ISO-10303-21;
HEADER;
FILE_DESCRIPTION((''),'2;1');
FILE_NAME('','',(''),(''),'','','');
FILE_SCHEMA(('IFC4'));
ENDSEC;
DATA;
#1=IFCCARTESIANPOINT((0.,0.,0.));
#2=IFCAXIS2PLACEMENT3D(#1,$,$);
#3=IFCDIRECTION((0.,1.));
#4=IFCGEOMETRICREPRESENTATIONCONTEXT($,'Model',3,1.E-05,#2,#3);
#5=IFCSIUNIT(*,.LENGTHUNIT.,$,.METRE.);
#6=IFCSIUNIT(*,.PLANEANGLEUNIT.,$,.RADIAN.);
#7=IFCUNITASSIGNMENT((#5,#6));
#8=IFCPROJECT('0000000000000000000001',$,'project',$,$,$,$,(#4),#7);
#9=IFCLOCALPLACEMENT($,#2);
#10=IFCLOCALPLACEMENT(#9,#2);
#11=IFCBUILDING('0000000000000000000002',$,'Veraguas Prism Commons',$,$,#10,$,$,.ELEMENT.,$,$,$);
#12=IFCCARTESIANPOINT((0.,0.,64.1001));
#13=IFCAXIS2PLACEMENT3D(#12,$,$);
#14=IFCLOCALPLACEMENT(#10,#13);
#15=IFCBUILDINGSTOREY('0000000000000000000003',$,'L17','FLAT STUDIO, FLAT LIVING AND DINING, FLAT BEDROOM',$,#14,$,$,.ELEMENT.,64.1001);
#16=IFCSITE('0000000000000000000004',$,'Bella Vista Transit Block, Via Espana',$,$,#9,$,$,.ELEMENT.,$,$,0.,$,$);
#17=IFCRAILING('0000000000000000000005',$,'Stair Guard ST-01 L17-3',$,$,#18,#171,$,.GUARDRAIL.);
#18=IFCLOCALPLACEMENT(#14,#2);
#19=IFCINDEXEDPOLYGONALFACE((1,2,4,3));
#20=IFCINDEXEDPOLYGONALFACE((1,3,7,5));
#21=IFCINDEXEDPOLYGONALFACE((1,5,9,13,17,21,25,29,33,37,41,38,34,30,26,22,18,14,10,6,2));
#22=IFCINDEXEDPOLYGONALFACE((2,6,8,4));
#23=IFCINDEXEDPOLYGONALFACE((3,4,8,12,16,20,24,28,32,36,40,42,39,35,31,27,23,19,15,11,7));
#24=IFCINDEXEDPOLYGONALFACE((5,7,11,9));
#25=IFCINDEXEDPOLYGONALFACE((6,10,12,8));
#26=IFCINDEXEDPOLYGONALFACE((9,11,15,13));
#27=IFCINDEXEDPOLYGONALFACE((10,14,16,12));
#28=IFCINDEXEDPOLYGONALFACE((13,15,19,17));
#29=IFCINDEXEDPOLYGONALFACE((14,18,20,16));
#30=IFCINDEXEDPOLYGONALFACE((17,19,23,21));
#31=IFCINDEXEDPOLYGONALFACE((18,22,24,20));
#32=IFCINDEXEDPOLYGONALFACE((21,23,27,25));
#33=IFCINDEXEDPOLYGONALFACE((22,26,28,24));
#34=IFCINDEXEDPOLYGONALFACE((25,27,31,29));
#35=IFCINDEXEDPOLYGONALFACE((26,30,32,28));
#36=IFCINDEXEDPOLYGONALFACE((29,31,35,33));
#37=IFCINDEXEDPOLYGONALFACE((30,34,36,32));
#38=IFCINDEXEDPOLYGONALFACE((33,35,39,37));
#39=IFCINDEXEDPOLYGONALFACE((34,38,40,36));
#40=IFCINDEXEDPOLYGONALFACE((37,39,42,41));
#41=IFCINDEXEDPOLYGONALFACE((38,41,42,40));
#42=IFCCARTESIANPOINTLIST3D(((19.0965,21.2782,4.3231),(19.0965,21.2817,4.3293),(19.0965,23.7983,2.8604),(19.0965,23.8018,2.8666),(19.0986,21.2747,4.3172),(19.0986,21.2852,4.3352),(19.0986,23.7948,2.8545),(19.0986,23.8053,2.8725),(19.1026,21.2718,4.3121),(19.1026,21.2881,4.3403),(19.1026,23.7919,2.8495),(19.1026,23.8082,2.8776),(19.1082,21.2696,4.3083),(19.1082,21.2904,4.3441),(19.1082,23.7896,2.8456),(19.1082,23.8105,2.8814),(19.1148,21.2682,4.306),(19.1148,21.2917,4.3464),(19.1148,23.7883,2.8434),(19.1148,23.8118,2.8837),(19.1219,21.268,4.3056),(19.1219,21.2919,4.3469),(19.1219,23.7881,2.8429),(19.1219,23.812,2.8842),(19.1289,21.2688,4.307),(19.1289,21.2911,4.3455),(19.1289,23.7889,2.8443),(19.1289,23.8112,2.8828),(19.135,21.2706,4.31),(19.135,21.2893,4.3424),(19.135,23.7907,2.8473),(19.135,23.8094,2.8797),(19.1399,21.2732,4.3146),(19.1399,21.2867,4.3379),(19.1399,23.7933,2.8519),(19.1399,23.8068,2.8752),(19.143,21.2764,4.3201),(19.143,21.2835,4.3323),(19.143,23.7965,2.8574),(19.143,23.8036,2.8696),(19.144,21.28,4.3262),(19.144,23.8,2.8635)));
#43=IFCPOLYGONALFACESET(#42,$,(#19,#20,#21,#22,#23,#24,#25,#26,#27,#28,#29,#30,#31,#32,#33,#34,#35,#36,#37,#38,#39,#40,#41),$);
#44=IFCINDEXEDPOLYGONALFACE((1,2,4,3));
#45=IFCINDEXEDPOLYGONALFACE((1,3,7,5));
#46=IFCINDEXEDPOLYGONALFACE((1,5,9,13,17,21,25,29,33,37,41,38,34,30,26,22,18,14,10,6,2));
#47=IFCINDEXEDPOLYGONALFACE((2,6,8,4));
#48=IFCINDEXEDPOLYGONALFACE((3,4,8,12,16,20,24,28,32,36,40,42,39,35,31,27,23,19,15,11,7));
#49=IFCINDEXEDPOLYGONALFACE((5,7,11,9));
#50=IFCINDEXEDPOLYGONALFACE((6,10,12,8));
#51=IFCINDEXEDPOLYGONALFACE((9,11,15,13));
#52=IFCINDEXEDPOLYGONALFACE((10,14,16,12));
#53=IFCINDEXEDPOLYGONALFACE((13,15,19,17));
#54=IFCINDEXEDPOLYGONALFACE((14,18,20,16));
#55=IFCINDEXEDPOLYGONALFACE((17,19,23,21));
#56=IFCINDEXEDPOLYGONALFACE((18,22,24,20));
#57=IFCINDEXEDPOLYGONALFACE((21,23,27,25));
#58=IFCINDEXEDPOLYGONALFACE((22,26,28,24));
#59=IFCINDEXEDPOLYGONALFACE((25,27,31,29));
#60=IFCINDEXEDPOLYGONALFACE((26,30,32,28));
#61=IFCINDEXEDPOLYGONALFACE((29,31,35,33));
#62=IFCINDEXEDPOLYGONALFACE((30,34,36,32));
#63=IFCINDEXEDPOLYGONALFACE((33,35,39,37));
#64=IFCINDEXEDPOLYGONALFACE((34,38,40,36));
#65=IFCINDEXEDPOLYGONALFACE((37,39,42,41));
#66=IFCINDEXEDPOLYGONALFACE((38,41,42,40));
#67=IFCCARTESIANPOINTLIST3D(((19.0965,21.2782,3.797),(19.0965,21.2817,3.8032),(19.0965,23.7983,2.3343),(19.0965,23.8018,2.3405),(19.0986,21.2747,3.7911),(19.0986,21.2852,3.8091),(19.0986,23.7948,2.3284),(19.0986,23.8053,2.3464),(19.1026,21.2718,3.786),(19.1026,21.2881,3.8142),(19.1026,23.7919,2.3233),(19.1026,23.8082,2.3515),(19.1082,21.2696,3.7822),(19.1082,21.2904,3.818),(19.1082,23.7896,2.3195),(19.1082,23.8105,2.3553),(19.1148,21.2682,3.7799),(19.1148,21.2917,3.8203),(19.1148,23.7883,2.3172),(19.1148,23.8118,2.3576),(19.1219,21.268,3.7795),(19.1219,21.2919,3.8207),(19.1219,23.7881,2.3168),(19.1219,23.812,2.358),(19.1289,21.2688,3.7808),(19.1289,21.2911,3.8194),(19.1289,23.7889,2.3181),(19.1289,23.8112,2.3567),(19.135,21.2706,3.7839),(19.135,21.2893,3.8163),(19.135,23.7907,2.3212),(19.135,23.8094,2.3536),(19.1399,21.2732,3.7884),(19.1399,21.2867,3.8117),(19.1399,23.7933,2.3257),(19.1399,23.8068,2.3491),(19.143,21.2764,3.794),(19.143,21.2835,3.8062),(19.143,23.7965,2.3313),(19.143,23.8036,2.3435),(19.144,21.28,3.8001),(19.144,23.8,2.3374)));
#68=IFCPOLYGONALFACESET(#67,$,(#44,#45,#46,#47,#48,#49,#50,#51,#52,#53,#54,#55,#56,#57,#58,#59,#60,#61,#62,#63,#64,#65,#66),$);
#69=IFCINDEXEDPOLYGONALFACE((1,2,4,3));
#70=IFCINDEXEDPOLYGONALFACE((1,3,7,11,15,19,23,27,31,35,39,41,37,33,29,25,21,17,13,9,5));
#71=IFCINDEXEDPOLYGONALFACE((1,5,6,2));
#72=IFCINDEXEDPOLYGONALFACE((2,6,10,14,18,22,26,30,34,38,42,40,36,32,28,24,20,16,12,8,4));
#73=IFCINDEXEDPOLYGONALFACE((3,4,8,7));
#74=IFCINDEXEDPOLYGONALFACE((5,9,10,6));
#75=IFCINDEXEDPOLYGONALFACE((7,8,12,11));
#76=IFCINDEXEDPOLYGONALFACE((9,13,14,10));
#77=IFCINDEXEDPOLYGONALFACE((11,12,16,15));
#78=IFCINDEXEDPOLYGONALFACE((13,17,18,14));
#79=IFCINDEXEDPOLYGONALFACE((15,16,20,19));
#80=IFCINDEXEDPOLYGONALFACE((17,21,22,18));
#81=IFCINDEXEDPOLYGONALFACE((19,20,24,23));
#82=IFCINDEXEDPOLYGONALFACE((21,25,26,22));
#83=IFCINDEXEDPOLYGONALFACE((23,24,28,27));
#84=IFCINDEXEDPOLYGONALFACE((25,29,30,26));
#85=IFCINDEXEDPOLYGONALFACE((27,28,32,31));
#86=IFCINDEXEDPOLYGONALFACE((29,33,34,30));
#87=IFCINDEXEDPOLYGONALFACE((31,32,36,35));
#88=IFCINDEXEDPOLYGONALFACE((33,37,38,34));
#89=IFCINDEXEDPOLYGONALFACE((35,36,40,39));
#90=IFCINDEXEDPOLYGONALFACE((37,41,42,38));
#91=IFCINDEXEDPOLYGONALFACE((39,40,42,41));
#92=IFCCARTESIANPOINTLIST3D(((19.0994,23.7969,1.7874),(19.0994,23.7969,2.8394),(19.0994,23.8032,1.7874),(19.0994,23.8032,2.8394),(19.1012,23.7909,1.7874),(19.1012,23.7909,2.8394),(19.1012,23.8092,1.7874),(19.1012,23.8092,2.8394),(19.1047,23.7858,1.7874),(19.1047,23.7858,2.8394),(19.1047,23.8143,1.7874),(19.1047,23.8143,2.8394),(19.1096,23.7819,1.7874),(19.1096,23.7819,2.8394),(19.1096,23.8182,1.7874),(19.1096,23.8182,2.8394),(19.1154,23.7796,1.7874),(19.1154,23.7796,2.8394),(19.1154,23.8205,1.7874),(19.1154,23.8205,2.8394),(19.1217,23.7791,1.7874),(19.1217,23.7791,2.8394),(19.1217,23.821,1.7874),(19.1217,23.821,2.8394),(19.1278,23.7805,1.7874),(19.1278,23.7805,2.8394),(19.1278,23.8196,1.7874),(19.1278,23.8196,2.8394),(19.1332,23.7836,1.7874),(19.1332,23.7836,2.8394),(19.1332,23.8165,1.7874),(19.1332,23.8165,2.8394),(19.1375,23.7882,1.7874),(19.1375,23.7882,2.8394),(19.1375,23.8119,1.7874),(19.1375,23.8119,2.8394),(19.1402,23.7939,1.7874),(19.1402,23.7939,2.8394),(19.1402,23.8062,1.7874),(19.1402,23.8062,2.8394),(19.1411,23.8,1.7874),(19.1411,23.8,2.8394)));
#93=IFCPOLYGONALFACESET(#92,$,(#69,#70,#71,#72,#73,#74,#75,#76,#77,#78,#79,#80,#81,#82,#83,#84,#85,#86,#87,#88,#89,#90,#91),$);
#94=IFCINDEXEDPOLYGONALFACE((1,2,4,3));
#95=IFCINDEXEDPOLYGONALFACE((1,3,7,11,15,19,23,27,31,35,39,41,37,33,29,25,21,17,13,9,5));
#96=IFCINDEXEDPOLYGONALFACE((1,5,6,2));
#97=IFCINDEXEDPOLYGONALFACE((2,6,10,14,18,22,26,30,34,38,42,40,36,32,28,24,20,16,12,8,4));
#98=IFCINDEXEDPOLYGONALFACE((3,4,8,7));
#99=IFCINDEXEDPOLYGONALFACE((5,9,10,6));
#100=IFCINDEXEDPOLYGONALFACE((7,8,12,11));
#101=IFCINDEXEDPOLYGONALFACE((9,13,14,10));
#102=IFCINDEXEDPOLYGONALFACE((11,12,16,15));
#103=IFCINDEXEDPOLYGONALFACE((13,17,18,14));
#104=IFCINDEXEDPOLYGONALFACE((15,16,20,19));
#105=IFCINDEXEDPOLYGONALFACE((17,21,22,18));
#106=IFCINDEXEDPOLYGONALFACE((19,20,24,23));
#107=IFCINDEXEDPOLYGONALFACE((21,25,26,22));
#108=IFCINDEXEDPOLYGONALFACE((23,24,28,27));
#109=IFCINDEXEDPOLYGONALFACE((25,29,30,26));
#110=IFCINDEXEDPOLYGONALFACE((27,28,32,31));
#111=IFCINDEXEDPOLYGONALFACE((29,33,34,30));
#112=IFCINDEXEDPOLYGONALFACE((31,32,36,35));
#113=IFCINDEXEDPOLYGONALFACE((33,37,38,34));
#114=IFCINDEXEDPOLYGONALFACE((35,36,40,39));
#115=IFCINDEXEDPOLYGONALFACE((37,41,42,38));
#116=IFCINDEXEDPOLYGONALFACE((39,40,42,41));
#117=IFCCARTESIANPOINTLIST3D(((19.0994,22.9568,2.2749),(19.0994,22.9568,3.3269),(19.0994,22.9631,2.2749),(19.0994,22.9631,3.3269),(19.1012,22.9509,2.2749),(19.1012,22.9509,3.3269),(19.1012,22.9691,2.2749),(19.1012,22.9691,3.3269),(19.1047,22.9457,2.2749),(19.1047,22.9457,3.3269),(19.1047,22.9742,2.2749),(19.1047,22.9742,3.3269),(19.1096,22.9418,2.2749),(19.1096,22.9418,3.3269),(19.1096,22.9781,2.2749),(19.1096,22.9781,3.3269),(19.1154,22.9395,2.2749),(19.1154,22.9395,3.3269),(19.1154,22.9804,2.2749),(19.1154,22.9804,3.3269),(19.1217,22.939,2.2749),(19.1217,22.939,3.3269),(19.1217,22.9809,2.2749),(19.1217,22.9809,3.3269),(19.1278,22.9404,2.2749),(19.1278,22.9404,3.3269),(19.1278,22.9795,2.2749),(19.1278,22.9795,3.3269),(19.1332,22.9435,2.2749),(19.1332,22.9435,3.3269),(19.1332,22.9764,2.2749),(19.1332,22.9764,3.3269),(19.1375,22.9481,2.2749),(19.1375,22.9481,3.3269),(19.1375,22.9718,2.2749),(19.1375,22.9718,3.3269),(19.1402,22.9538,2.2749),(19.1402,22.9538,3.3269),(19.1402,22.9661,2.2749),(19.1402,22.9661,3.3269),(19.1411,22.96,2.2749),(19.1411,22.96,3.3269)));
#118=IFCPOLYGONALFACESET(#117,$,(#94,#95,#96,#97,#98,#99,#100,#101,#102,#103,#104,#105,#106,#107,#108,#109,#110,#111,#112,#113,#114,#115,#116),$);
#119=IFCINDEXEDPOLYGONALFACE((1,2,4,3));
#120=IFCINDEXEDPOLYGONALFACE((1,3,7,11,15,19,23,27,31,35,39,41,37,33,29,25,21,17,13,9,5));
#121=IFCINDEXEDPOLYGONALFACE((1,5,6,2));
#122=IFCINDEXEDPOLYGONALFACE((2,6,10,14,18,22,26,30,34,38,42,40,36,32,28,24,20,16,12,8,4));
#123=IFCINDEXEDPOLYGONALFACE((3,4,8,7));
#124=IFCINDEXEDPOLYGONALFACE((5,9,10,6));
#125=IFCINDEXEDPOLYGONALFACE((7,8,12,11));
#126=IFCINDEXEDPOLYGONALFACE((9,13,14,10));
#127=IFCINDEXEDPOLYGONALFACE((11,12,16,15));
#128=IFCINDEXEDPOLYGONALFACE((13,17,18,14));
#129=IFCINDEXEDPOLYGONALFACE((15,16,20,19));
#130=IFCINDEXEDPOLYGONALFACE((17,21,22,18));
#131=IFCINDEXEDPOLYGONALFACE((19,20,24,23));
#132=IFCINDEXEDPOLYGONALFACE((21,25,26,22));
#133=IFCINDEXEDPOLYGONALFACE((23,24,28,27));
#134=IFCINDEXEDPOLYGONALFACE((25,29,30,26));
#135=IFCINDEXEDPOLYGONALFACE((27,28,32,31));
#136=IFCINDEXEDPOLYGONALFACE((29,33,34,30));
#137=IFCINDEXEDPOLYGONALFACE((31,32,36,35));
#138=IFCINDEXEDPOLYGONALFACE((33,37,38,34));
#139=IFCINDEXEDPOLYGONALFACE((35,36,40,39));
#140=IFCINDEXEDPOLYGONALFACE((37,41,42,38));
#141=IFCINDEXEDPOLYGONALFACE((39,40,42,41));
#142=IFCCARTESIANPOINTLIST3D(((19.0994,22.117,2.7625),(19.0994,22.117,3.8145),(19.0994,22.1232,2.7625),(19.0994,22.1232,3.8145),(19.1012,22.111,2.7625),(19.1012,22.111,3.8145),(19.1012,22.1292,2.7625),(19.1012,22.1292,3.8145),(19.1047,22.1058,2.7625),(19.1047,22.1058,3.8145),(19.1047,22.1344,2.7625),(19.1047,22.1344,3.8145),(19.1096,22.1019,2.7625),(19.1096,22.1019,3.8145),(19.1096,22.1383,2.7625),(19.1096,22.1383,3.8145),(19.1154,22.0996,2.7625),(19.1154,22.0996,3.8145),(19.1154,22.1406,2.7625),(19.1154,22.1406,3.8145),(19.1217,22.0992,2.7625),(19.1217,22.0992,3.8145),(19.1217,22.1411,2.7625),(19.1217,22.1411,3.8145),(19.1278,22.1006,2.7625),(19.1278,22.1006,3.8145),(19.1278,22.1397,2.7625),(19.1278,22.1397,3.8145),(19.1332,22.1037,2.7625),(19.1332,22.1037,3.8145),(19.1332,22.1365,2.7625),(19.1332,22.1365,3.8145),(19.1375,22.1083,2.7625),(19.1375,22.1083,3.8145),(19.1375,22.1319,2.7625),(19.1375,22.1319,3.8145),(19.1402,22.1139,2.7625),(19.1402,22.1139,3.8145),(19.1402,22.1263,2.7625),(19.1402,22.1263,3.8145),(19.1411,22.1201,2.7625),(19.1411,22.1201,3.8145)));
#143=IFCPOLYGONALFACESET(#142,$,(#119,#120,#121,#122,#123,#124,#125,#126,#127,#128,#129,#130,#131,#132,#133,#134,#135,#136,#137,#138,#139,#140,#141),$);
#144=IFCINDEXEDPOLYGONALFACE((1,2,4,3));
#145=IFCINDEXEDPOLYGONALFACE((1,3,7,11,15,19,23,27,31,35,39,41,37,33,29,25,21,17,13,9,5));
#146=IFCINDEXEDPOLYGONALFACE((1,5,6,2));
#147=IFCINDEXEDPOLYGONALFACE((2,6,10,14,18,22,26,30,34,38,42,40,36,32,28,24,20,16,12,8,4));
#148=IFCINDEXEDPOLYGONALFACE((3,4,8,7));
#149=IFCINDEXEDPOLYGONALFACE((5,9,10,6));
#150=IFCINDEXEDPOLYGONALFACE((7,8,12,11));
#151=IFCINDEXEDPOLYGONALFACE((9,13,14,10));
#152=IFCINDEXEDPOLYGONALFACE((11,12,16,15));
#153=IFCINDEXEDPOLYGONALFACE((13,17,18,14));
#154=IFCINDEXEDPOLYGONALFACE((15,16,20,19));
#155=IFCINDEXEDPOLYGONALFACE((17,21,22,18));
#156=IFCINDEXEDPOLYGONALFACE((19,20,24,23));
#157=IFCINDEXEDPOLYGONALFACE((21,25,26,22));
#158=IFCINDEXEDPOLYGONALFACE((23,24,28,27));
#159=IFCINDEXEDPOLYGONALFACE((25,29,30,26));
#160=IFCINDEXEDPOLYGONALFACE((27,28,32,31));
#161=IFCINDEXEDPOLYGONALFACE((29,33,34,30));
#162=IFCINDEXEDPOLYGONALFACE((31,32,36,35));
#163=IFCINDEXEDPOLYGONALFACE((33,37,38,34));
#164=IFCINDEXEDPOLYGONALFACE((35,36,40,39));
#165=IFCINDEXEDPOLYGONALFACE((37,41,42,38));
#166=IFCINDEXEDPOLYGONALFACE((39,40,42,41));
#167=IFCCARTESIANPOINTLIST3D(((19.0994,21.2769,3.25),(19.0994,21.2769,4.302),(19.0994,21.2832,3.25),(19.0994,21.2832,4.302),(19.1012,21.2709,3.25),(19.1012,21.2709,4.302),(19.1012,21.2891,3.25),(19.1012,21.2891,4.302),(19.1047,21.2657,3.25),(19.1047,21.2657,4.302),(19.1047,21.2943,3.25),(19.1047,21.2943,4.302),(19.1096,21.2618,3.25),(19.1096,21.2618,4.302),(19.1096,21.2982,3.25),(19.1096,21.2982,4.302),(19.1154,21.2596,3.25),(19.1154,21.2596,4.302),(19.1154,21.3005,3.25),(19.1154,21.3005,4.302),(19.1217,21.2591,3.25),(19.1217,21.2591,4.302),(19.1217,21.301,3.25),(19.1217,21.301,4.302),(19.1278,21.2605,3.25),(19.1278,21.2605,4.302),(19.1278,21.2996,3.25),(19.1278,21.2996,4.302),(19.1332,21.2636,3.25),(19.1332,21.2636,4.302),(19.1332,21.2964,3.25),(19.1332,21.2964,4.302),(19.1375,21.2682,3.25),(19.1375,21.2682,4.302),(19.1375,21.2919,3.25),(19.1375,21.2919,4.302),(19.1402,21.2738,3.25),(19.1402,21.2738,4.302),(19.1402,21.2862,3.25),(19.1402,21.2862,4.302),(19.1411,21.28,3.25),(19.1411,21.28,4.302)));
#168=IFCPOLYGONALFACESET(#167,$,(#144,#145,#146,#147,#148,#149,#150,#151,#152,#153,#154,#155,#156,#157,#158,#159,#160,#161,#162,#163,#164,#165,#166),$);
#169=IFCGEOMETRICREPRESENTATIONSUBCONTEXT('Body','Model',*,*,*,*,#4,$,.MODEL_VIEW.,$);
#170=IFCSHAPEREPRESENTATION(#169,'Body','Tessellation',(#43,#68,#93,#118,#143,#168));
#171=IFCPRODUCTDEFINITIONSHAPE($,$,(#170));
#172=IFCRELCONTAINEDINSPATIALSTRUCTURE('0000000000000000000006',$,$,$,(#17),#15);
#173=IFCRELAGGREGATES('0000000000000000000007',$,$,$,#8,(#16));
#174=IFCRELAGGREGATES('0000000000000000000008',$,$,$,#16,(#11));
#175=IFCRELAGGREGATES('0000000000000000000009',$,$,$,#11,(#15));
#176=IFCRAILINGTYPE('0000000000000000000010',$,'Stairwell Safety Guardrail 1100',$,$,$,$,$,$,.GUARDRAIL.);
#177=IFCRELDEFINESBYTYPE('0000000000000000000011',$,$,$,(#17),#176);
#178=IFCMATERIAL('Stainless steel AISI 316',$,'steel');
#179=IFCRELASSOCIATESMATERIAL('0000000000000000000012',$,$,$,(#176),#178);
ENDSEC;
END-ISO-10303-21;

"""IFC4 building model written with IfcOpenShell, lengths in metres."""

from ifc_helpers import new_model, si_unit, direction, frame, origin, origin_2d, place, context, subcontext, project, spatial, circle, extrude, material, type_object, element, save


model = new_model("IFC4")

# Units and contexts
model_context = context("Model", 3, precision=1e-05, world=origin(), true_north=direction((0.0, 1.0)))
body_context = subcontext(model_context, "Body", "Model", "MODEL_VIEW")
ifc_project = project(units=[si_unit("LENGTHUNIT", "METRE"), si_unit("PLANEANGLEUNIT", "RADIAN")], contexts=[model_context])

# Site, building, storey
site_placement = place(None, origin())
site = spatial("IfcSite", under=ifc_project, at=site_placement, Name="Bella Vista Transit Block, Via Espana", CompositionType="ELEMENT", RefElevation=0.0)
building_placement = place(site_placement, origin())
building = spatial("IfcBuilding", under=site, at=building_placement, Name="Veraguas Prism Commons", CompositionType="ELEMENT")
storey_placement = place(building_placement, frame((0.0, 0.0, 64.1001)))
storey = spatial("IfcBuildingStorey", under=building, at=storey_placement, Name="L17", Description="FLAT STUDIO, FLAT LIVING AND DINING, FLAT BEDROOM", CompositionType="ELEMENT", Elevation=64.1001)

# Railing
ifc_material_1 = material(Name="Stainless steel AISI 316", Category="steel")
railing_type_1 = type_object("IfcRailingType", Name="Stairwell Safety Guardrail 1100", PredefinedType="GUARDRAIL", material=ifc_material_1)
railing_1_placement = place(storey_placement, frame((19.1201, 23.8, 1.7874)))
element("IfcRailing", 1, at=railing_1_placement, inside=storey, type_object=railing_type_1, Name="Stair Guard ST-01 L17-3", PredefinedType="GUARDRAIL", context=body_context, shape_type="SweptSolid", body=[
    extrude(circle(Radius=0.0239, at=origin_2d()), frame((0.0, 0.0, 1.0762), z_axis=(0.0, -0.864877, 0.501984), x_axis=(1.0, 0.0, 0.0)), (0.0, 0.0, 1.0), 2.9138),
    extrude(circle(Radius=0.0239, at=origin_2d()), frame((0.0, 0.0, 0.55), z_axis=(0.0, -0.864877, 0.501984), x_axis=(1.0, 0.0, 0.0)), (0.0, 0.0, 1.0), 2.9138),
    extrude(circle(Radius=0.021, at=origin_2d()), origin(), (0.0, 0.0, 1.0), 1.052),
    extrude(circle(Radius=0.021, at=origin_2d()), frame((0.0, -0.8401, 0.4875)), (0.0, 0.0, 1.0), 1.052),
    extrude(circle(Radius=0.021, at=origin_2d()), frame((0.0, -1.6799, 0.9751)), (0.0, 0.0, 1.0), 1.052),
    extrude(circle(Radius=0.021, at=origin_2d()), frame((0.0, -2.52, 1.4626)), (0.0, 0.0, 1.0), 1.052),
])

save(model, "model.ifc")
